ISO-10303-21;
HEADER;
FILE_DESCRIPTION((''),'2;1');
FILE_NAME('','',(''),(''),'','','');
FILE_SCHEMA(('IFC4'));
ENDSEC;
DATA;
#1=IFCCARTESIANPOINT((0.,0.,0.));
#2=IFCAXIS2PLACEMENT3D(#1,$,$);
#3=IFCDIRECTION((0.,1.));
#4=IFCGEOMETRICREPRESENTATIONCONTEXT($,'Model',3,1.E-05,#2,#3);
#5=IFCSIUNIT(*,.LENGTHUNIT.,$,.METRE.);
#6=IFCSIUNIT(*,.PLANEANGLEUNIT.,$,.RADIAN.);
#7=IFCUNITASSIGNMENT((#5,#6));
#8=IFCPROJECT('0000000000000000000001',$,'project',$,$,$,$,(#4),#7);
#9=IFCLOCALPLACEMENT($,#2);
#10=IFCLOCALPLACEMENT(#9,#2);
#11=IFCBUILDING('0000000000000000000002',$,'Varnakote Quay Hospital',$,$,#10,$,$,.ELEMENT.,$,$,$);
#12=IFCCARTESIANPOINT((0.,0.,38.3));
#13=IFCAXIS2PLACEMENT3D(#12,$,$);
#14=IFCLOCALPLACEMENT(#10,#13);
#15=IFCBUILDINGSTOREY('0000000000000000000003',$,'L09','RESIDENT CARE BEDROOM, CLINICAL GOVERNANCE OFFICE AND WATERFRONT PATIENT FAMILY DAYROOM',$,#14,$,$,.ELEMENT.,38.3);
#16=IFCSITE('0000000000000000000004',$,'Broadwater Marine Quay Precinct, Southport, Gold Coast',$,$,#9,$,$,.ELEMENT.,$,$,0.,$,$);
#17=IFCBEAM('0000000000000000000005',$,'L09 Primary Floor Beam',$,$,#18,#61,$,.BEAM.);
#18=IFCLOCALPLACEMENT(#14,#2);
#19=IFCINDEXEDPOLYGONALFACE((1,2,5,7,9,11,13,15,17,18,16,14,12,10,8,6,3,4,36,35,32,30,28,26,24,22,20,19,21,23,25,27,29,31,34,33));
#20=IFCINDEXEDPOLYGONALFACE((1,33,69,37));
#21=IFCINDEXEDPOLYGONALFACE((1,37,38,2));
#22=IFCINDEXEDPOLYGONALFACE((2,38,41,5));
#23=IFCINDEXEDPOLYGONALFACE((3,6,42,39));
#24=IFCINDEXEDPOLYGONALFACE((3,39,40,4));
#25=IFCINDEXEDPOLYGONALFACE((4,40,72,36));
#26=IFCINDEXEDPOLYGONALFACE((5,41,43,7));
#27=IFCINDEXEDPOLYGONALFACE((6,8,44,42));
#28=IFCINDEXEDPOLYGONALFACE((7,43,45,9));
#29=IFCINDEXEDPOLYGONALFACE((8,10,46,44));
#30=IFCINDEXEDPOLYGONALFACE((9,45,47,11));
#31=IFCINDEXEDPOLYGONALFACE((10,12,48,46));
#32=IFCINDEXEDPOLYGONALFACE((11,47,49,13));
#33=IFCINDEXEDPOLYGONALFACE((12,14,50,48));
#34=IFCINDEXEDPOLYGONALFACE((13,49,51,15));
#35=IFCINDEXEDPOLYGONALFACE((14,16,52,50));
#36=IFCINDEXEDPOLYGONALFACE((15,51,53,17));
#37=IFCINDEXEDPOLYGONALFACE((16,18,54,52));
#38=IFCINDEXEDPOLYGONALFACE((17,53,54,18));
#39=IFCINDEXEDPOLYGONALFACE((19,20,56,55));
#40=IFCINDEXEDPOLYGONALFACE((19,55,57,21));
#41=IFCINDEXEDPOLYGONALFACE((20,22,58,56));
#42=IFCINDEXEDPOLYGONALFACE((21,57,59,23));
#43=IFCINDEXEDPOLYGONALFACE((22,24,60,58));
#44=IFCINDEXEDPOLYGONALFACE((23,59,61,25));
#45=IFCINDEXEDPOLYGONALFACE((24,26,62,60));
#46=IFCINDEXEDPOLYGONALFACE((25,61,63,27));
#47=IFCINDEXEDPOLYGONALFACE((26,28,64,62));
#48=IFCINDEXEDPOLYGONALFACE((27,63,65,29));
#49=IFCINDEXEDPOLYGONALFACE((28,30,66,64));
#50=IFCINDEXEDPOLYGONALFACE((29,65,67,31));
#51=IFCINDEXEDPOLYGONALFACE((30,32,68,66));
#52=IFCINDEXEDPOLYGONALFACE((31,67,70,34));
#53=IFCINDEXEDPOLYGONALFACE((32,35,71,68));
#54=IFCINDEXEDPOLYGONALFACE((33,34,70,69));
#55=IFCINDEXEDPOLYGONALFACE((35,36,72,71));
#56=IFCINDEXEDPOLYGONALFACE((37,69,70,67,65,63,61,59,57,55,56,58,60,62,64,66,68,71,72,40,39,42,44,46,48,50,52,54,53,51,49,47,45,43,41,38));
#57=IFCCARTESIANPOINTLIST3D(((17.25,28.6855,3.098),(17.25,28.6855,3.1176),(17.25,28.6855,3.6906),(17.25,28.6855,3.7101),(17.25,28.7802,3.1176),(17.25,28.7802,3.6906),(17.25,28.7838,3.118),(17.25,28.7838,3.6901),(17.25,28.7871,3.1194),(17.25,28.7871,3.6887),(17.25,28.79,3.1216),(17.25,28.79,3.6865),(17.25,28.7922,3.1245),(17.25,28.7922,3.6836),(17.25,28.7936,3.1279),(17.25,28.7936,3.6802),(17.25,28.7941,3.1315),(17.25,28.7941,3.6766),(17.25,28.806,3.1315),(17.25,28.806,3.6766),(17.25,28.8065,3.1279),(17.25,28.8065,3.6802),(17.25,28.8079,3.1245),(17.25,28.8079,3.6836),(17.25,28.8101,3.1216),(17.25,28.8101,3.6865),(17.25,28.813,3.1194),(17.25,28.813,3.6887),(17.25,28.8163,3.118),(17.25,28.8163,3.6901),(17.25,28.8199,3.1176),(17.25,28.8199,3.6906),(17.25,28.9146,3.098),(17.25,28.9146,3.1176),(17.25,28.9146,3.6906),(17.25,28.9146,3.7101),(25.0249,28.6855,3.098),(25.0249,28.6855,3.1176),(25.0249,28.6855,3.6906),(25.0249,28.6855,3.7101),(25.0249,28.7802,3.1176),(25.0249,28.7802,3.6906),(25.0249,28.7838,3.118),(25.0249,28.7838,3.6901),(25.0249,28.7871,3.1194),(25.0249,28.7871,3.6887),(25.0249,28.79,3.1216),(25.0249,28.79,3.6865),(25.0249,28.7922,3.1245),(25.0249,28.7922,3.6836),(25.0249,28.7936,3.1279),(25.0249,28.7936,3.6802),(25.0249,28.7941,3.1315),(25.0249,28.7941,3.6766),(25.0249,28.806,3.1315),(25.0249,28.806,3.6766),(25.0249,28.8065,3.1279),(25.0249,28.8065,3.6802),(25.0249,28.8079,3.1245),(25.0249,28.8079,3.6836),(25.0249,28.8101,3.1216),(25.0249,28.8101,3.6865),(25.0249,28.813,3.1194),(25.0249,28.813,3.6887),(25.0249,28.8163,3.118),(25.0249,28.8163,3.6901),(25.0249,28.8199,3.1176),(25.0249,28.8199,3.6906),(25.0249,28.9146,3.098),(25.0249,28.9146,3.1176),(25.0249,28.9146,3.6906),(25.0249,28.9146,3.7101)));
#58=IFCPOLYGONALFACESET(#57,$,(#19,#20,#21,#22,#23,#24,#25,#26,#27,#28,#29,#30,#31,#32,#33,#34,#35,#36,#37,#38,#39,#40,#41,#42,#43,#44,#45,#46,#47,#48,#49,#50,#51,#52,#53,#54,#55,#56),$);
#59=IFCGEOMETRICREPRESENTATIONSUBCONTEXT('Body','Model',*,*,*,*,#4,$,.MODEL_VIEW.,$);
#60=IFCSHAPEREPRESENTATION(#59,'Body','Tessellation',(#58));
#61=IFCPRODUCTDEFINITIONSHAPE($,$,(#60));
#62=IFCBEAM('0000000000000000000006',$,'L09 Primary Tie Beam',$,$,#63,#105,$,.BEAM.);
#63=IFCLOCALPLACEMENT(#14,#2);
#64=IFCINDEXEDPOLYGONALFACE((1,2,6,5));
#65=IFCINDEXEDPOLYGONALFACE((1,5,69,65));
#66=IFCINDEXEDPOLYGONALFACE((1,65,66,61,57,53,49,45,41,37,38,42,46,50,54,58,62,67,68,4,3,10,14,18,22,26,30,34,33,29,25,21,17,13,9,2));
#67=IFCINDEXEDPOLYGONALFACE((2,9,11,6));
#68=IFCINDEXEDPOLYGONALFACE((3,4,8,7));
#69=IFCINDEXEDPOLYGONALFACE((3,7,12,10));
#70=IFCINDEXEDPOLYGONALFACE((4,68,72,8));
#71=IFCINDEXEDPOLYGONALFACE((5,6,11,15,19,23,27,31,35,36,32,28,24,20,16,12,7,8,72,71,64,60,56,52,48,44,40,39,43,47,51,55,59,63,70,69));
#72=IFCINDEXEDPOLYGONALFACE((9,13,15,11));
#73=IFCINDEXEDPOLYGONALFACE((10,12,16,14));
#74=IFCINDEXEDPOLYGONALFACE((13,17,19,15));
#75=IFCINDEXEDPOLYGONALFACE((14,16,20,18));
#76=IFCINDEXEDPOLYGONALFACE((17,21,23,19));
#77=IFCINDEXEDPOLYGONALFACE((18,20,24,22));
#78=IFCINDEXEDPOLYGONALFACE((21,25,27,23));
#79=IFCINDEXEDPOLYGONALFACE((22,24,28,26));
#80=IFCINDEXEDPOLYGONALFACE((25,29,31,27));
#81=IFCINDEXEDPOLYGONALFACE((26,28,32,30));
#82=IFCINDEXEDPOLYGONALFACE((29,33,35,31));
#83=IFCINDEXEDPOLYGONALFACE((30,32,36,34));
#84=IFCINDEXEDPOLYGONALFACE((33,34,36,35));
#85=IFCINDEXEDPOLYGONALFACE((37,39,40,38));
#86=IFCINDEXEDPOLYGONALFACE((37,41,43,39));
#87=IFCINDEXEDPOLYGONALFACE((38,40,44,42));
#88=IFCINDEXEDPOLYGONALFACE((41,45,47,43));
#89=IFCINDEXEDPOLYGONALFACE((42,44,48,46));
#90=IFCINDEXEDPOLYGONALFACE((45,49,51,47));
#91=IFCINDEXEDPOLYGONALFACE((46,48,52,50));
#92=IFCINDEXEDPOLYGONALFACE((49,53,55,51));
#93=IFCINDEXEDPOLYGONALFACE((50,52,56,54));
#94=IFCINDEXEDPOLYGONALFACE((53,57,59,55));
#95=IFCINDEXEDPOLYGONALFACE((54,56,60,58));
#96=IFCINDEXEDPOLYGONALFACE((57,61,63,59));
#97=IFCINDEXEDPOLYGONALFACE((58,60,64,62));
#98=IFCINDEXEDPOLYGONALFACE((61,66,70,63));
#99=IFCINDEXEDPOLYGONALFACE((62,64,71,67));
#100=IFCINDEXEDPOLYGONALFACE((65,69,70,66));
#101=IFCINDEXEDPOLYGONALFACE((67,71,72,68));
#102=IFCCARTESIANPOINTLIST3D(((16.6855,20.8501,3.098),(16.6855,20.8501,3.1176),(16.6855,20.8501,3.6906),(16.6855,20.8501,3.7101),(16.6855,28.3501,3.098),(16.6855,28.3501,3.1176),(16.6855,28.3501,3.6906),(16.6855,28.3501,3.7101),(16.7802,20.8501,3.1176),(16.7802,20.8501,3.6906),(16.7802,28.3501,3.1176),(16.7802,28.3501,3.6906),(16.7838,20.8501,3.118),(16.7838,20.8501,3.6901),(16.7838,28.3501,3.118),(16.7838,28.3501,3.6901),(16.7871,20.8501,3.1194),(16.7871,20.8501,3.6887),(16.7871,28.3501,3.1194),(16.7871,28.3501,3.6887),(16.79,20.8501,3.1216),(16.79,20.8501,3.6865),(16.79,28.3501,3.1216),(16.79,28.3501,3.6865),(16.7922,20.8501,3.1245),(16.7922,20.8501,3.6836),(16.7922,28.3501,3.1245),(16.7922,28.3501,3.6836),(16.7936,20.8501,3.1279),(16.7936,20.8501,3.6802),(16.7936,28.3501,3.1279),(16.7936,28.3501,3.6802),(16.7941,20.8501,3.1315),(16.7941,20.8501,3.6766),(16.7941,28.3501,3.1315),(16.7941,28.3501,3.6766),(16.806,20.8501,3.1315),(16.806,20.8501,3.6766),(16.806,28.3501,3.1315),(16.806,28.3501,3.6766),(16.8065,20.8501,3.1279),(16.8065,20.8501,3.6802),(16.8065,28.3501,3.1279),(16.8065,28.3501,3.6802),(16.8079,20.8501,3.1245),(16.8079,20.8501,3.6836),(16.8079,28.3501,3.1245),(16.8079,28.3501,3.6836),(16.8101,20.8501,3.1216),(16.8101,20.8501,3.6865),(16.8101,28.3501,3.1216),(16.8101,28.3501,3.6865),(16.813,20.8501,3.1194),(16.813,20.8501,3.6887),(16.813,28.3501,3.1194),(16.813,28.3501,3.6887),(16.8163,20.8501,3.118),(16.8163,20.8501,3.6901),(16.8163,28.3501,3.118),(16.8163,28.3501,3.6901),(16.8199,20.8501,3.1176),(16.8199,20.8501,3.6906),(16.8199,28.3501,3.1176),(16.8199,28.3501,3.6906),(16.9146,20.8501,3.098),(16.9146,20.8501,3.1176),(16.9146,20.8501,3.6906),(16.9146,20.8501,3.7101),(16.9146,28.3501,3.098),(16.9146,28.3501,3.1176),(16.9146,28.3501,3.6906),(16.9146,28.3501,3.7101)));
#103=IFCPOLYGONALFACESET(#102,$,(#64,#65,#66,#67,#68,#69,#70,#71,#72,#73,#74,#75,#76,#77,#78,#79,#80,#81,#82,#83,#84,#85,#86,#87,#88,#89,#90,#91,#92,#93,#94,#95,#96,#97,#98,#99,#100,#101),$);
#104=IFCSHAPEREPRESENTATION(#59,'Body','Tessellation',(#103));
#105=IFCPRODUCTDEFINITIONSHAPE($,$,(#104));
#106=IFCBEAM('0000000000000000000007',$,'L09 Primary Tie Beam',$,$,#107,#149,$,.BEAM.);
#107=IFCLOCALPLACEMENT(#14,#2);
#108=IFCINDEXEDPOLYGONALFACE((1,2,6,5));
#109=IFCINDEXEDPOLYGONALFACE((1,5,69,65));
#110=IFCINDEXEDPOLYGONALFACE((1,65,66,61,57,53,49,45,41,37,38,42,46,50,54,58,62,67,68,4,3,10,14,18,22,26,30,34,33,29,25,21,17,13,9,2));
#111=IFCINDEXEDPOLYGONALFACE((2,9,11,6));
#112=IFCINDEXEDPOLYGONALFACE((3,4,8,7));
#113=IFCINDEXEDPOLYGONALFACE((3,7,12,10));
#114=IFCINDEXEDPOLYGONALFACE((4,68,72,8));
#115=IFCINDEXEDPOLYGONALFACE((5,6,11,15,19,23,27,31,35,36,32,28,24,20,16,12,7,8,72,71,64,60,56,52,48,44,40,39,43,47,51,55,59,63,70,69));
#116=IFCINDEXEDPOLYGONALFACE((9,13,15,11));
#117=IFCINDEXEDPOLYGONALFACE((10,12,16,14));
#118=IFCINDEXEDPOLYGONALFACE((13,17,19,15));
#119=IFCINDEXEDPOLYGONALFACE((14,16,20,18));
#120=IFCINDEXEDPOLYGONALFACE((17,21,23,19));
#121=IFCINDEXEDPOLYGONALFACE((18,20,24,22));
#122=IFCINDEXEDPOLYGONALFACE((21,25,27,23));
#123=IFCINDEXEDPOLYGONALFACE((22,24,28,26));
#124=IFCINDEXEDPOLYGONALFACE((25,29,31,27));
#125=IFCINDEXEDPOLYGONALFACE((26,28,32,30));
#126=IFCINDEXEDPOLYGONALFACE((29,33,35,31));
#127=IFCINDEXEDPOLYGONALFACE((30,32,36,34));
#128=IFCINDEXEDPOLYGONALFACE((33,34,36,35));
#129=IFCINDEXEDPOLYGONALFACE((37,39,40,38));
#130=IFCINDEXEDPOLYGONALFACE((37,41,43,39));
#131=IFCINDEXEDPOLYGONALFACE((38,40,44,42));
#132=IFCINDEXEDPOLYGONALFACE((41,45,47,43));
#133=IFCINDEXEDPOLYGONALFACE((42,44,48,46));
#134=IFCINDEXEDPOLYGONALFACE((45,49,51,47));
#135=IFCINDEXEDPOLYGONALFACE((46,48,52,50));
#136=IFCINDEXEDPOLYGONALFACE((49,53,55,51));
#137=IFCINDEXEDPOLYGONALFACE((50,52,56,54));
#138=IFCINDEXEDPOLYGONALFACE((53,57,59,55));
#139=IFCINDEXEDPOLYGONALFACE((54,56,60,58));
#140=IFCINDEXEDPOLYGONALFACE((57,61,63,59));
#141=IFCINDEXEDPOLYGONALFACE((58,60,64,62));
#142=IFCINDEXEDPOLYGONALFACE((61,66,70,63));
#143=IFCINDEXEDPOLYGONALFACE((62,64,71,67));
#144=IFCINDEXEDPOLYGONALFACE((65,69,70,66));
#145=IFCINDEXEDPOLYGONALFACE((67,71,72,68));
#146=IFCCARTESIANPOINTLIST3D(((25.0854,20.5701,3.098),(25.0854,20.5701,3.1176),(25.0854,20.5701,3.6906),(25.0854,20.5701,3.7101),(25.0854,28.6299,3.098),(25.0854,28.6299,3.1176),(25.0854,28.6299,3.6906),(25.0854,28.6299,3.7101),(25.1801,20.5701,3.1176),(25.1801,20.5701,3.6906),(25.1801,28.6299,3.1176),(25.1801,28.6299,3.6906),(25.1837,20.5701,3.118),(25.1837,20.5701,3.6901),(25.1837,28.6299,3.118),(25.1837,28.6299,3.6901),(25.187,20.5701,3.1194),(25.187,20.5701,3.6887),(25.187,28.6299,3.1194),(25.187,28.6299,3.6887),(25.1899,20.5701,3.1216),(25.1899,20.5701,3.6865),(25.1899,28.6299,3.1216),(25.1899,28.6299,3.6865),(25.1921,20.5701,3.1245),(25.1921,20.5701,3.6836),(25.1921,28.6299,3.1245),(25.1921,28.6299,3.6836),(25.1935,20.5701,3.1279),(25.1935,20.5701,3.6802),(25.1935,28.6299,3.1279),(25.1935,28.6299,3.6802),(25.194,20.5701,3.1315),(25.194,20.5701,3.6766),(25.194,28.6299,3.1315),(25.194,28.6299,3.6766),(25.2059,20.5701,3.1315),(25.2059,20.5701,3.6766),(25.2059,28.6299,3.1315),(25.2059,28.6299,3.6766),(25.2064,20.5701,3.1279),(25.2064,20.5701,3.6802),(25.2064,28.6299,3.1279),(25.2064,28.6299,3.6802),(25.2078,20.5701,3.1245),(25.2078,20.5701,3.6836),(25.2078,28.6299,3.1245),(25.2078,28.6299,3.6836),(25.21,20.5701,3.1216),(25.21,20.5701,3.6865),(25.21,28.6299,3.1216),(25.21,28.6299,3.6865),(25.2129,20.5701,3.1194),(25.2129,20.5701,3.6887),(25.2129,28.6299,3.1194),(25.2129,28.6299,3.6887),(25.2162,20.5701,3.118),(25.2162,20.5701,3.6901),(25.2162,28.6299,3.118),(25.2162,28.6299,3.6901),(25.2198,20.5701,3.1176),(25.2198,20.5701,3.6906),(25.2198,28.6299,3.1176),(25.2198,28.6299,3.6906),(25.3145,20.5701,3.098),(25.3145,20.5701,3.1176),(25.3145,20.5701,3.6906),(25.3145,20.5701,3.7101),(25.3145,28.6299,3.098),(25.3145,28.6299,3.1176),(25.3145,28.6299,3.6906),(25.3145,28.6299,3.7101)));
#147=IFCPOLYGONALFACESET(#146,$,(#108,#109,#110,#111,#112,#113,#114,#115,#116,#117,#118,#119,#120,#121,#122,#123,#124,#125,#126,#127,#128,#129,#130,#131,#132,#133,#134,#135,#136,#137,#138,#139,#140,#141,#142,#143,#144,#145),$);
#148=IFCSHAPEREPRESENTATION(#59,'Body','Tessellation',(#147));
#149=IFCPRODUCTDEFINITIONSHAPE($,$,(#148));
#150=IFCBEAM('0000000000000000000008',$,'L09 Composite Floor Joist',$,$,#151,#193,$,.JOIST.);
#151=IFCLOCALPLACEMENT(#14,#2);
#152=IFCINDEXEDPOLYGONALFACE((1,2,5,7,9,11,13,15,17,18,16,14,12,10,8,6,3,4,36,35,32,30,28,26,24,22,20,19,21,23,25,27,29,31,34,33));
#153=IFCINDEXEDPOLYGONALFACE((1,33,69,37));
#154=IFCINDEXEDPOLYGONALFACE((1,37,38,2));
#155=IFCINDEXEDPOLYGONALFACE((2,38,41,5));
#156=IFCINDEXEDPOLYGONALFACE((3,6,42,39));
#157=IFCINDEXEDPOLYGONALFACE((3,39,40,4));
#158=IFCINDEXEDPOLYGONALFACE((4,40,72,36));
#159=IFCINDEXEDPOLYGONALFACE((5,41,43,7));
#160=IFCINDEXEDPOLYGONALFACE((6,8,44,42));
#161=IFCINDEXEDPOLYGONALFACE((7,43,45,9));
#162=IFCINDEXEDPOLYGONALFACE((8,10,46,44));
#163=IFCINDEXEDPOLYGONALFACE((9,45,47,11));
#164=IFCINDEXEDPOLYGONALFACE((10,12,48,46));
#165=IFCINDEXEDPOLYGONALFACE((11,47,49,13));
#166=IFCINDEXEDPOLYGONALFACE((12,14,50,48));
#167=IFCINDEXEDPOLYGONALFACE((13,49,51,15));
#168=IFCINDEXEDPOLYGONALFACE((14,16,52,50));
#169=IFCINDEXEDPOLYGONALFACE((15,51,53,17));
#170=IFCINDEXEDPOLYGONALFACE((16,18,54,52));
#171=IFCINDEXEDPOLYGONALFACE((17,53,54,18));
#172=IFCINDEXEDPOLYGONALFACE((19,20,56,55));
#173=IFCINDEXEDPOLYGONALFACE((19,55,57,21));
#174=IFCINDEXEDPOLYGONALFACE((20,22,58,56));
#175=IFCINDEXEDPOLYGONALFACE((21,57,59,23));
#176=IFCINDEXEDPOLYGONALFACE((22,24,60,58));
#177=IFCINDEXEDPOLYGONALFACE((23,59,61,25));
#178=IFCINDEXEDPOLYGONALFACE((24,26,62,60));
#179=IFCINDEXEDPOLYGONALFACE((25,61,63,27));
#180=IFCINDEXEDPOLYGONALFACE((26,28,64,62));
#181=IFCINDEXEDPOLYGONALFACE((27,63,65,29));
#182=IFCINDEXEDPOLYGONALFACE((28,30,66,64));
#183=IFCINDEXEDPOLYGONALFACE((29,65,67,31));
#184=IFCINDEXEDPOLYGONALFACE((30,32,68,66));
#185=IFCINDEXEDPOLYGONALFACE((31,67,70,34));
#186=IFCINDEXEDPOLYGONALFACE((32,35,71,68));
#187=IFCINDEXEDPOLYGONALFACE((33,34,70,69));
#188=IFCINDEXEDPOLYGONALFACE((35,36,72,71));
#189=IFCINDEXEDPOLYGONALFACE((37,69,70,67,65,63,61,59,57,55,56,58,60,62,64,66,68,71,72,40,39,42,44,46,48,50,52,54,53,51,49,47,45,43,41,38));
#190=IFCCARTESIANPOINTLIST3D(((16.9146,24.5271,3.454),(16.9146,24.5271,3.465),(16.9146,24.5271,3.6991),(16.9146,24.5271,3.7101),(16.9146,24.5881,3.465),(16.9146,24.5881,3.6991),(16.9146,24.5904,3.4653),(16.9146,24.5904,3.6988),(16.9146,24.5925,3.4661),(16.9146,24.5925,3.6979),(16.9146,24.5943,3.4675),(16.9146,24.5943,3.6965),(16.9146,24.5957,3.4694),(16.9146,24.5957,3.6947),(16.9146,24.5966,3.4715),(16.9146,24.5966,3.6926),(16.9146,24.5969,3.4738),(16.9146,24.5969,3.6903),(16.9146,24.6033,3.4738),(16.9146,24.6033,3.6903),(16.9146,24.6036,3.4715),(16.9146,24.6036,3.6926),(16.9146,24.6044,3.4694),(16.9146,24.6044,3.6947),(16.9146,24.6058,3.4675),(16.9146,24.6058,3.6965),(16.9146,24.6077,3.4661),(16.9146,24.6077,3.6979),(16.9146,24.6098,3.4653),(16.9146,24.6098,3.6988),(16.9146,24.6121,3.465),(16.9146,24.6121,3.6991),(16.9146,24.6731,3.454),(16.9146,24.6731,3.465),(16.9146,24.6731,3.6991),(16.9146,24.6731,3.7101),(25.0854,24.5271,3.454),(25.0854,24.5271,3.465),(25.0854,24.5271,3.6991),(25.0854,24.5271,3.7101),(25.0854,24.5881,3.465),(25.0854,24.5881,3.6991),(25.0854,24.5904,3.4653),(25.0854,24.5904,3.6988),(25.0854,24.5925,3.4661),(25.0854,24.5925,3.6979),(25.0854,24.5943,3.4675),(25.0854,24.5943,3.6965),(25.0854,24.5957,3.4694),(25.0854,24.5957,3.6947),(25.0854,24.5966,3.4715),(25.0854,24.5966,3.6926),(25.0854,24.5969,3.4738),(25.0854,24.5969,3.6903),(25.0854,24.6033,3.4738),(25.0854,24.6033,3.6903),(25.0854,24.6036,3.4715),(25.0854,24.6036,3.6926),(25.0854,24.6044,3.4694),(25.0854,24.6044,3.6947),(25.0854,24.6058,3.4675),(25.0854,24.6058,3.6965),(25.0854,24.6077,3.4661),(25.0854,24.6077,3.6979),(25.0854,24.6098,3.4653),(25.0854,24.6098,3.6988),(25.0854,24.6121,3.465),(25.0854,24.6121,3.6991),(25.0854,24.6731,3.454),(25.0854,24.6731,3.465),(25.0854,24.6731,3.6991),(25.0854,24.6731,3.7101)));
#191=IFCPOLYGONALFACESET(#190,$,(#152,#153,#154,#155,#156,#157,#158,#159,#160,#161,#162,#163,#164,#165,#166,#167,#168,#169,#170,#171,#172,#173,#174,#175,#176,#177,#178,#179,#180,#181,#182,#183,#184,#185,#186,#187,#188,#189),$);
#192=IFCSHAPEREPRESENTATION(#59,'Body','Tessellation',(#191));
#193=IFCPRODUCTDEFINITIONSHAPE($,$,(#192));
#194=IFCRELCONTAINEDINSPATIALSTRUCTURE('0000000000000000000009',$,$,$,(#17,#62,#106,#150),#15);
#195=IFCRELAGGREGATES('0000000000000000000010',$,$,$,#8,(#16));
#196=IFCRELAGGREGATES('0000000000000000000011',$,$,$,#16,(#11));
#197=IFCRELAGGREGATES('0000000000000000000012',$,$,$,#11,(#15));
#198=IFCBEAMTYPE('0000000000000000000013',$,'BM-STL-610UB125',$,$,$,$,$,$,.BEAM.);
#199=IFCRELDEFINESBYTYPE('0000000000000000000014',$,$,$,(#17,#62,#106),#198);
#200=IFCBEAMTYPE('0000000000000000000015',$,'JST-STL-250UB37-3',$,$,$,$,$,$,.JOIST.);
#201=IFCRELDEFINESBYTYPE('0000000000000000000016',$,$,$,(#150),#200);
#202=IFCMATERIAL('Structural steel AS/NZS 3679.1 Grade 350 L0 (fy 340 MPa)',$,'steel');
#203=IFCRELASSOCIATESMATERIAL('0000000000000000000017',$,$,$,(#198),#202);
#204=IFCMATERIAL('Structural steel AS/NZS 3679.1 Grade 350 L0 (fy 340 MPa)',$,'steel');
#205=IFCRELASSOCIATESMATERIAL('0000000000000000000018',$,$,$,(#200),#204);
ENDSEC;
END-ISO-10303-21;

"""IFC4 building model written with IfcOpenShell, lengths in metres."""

from ifc_helpers import new_model, si_unit, direction, frame, origin, origin_2d, place, context, subcontext, project, spatial, i_section, extrude, material, material_profile, profile_set, type_object, element, save


model = new_model("IFC4")

# Units and contexts
model_context = context("Model", 3, precision=1e-05, world=origin(), true_north=direction((0.0, 1.0)))
body_context = subcontext(model_context, "Body", "Model", "MODEL_VIEW")
ifc_project = project(units=[si_unit("LENGTHUNIT", "METRE"), si_unit("PLANEANGLEUNIT", "RADIAN")], contexts=[model_context])

# Site, building, storey
site_placement = place(None, origin())
site = spatial("IfcSite", under=ifc_project, at=site_placement, Name="Broadwater Marine Quay Precinct, Southport, Gold Coast", CompositionType="ELEMENT", RefElevation=0.0)
building_placement = place(site_placement, origin())
building = spatial("IfcBuilding", under=site, at=building_placement, Name="Varnakote Quay Hospital", CompositionType="ELEMENT")
storey_placement = place(building_placement, frame((0.0, 0.0, 38.3)))
storey = spatial("IfcBuildingStorey", under=building, at=storey_placement, Name="L09", Description="RESIDENT CARE BEDROOM, CLINICAL GOVERNANCE OFFICE AND WATERFRONT PATIENT FAMILY DAYROOM", CompositionType="ELEMENT", Elevation=38.3)

# Beams
ifc_material_1 = material(Name="Structural steel AS/NZS 3679.1 Grade 350 L0 (fy 340 MPa)", Category="steel")
ifc_material_profile_1 = material_profile(ifc_material_1, i_section(OverallWidth=0.229, OverallDepth=0.6121, WebThickness=0.012, FlangeThickness=0.0195, FilletRadius=0.0139, at=origin_2d()), Name="610UB125")
ifc_profile_set_1 = profile_set([ifc_material_profile_1], Name="Structural steel AS/NZS 3679.1 Grade 350 L0 (fy 340 MPa)")
beam_type_1 = type_object("IfcBeamType", Name="BM-STL-610UB125", PredefinedType="BEAM", material=ifc_profile_set_1)
for number, where, z_axis, x_axis, name in (
    (1, (17.25, 28.8, 3.4041), (1.0, 0.0, 0.0), (0.0, 1.0, 0.0), "L09 Primary Floor Beam"),
):
    element("IfcBeam", number, at=place(storey_placement, frame(where, z_axis=z_axis, x_axis=x_axis)), inside=storey, type_object=beam_type_1, Name=name, PredefinedType="BEAM", context=body_context, shape_type="SweptSolid", body=[
        extrude(i_section(OverallWidth=0.229, OverallDepth=0.6121, WebThickness=0.012, FlangeThickness=0.0195, FilletRadius=0.0139, at=origin_2d()), origin(), (0.0, 0.0, 1.0), 7.7749),
    ])
beam_1_placement = place(storey_placement, frame((16.8, 20.8501, 3.4041), z_axis=(0.0, 1.0, 0.0), x_axis=(-1.0, 0.0, 0.0)))
element("IfcBeam", 2, at=beam_1_placement, inside=storey, type_object=beam_type_1, Name="L09 Primary Tie Beam", PredefinedType="BEAM", context=body_context, shape_type="SweptSolid", body=[
    extrude(i_section(OverallWidth=0.229, OverallDepth=0.6121, WebThickness=0.012, FlangeThickness=0.0195, FilletRadius=0.0139, at=origin_2d()), origin(), (0.0, 0.0, 1.0), 7.5),
])
beam_2_placement = place(storey_placement, frame((25.2, 20.5701, 3.4041), z_axis=(0.0, 1.0, 0.0), x_axis=(-1.0, 0.0, 0.0)))
element("IfcBeam", 3, at=beam_2_placement, inside=storey, type_object=beam_type_1, Name="L09 Primary Tie Beam", PredefinedType="BEAM", context=body_context, shape_type="SweptSolid", body=[
    extrude(i_section(OverallWidth=0.229, OverallDepth=0.6121, WebThickness=0.012, FlangeThickness=0.0195, FilletRadius=0.0139, at=origin_2d()), origin(), (0.0, 0.0, 1.0), 8.0598),
])
ifc_material_2 = material(Name="Structural steel AS/NZS 3679.1 Grade 350 L0 (fy 340 MPa)", Category="steel")
ifc_material_profile_2 = material_profile(ifc_material_2, i_section(OverallWidth=0.146, OverallDepth=0.2561, WebThickness=0.0063, FlangeThickness=0.011, FilletRadius=0.0088, at=origin_2d()), Name="250UB37.3")
ifc_profile_set_2 = profile_set([ifc_material_profile_2], Name="Structural steel AS/NZS 3679.1 Grade 350 L0 (fy 340 MPa)")
beam_type_2 = type_object("IfcBeamType", Name="JST-STL-250UB37-3", PredefinedType="JOIST", material=ifc_profile_set_2)
beam_3_placement = place(storey_placement, frame((16.9146, 24.6001, 3.582), z_axis=(1.0, 0.0, 0.0), x_axis=(0.0, 1.0, 0.0)))
element("IfcBeam", 4, at=beam_3_placement, inside=storey, type_object=beam_type_2, Name="L09 Composite Floor Joist", PredefinedType="JOIST", context=body_context, shape_type="SweptSolid", body=[
    extrude(i_section(OverallWidth=0.146, OverallDepth=0.2561, WebThickness=0.0063, FlangeThickness=0.011, FilletRadius=0.0088, at=origin_2d()), origin(), (0.0, 0.0, 1.0), 8.1709),
])

save(model, "model.ifc")
